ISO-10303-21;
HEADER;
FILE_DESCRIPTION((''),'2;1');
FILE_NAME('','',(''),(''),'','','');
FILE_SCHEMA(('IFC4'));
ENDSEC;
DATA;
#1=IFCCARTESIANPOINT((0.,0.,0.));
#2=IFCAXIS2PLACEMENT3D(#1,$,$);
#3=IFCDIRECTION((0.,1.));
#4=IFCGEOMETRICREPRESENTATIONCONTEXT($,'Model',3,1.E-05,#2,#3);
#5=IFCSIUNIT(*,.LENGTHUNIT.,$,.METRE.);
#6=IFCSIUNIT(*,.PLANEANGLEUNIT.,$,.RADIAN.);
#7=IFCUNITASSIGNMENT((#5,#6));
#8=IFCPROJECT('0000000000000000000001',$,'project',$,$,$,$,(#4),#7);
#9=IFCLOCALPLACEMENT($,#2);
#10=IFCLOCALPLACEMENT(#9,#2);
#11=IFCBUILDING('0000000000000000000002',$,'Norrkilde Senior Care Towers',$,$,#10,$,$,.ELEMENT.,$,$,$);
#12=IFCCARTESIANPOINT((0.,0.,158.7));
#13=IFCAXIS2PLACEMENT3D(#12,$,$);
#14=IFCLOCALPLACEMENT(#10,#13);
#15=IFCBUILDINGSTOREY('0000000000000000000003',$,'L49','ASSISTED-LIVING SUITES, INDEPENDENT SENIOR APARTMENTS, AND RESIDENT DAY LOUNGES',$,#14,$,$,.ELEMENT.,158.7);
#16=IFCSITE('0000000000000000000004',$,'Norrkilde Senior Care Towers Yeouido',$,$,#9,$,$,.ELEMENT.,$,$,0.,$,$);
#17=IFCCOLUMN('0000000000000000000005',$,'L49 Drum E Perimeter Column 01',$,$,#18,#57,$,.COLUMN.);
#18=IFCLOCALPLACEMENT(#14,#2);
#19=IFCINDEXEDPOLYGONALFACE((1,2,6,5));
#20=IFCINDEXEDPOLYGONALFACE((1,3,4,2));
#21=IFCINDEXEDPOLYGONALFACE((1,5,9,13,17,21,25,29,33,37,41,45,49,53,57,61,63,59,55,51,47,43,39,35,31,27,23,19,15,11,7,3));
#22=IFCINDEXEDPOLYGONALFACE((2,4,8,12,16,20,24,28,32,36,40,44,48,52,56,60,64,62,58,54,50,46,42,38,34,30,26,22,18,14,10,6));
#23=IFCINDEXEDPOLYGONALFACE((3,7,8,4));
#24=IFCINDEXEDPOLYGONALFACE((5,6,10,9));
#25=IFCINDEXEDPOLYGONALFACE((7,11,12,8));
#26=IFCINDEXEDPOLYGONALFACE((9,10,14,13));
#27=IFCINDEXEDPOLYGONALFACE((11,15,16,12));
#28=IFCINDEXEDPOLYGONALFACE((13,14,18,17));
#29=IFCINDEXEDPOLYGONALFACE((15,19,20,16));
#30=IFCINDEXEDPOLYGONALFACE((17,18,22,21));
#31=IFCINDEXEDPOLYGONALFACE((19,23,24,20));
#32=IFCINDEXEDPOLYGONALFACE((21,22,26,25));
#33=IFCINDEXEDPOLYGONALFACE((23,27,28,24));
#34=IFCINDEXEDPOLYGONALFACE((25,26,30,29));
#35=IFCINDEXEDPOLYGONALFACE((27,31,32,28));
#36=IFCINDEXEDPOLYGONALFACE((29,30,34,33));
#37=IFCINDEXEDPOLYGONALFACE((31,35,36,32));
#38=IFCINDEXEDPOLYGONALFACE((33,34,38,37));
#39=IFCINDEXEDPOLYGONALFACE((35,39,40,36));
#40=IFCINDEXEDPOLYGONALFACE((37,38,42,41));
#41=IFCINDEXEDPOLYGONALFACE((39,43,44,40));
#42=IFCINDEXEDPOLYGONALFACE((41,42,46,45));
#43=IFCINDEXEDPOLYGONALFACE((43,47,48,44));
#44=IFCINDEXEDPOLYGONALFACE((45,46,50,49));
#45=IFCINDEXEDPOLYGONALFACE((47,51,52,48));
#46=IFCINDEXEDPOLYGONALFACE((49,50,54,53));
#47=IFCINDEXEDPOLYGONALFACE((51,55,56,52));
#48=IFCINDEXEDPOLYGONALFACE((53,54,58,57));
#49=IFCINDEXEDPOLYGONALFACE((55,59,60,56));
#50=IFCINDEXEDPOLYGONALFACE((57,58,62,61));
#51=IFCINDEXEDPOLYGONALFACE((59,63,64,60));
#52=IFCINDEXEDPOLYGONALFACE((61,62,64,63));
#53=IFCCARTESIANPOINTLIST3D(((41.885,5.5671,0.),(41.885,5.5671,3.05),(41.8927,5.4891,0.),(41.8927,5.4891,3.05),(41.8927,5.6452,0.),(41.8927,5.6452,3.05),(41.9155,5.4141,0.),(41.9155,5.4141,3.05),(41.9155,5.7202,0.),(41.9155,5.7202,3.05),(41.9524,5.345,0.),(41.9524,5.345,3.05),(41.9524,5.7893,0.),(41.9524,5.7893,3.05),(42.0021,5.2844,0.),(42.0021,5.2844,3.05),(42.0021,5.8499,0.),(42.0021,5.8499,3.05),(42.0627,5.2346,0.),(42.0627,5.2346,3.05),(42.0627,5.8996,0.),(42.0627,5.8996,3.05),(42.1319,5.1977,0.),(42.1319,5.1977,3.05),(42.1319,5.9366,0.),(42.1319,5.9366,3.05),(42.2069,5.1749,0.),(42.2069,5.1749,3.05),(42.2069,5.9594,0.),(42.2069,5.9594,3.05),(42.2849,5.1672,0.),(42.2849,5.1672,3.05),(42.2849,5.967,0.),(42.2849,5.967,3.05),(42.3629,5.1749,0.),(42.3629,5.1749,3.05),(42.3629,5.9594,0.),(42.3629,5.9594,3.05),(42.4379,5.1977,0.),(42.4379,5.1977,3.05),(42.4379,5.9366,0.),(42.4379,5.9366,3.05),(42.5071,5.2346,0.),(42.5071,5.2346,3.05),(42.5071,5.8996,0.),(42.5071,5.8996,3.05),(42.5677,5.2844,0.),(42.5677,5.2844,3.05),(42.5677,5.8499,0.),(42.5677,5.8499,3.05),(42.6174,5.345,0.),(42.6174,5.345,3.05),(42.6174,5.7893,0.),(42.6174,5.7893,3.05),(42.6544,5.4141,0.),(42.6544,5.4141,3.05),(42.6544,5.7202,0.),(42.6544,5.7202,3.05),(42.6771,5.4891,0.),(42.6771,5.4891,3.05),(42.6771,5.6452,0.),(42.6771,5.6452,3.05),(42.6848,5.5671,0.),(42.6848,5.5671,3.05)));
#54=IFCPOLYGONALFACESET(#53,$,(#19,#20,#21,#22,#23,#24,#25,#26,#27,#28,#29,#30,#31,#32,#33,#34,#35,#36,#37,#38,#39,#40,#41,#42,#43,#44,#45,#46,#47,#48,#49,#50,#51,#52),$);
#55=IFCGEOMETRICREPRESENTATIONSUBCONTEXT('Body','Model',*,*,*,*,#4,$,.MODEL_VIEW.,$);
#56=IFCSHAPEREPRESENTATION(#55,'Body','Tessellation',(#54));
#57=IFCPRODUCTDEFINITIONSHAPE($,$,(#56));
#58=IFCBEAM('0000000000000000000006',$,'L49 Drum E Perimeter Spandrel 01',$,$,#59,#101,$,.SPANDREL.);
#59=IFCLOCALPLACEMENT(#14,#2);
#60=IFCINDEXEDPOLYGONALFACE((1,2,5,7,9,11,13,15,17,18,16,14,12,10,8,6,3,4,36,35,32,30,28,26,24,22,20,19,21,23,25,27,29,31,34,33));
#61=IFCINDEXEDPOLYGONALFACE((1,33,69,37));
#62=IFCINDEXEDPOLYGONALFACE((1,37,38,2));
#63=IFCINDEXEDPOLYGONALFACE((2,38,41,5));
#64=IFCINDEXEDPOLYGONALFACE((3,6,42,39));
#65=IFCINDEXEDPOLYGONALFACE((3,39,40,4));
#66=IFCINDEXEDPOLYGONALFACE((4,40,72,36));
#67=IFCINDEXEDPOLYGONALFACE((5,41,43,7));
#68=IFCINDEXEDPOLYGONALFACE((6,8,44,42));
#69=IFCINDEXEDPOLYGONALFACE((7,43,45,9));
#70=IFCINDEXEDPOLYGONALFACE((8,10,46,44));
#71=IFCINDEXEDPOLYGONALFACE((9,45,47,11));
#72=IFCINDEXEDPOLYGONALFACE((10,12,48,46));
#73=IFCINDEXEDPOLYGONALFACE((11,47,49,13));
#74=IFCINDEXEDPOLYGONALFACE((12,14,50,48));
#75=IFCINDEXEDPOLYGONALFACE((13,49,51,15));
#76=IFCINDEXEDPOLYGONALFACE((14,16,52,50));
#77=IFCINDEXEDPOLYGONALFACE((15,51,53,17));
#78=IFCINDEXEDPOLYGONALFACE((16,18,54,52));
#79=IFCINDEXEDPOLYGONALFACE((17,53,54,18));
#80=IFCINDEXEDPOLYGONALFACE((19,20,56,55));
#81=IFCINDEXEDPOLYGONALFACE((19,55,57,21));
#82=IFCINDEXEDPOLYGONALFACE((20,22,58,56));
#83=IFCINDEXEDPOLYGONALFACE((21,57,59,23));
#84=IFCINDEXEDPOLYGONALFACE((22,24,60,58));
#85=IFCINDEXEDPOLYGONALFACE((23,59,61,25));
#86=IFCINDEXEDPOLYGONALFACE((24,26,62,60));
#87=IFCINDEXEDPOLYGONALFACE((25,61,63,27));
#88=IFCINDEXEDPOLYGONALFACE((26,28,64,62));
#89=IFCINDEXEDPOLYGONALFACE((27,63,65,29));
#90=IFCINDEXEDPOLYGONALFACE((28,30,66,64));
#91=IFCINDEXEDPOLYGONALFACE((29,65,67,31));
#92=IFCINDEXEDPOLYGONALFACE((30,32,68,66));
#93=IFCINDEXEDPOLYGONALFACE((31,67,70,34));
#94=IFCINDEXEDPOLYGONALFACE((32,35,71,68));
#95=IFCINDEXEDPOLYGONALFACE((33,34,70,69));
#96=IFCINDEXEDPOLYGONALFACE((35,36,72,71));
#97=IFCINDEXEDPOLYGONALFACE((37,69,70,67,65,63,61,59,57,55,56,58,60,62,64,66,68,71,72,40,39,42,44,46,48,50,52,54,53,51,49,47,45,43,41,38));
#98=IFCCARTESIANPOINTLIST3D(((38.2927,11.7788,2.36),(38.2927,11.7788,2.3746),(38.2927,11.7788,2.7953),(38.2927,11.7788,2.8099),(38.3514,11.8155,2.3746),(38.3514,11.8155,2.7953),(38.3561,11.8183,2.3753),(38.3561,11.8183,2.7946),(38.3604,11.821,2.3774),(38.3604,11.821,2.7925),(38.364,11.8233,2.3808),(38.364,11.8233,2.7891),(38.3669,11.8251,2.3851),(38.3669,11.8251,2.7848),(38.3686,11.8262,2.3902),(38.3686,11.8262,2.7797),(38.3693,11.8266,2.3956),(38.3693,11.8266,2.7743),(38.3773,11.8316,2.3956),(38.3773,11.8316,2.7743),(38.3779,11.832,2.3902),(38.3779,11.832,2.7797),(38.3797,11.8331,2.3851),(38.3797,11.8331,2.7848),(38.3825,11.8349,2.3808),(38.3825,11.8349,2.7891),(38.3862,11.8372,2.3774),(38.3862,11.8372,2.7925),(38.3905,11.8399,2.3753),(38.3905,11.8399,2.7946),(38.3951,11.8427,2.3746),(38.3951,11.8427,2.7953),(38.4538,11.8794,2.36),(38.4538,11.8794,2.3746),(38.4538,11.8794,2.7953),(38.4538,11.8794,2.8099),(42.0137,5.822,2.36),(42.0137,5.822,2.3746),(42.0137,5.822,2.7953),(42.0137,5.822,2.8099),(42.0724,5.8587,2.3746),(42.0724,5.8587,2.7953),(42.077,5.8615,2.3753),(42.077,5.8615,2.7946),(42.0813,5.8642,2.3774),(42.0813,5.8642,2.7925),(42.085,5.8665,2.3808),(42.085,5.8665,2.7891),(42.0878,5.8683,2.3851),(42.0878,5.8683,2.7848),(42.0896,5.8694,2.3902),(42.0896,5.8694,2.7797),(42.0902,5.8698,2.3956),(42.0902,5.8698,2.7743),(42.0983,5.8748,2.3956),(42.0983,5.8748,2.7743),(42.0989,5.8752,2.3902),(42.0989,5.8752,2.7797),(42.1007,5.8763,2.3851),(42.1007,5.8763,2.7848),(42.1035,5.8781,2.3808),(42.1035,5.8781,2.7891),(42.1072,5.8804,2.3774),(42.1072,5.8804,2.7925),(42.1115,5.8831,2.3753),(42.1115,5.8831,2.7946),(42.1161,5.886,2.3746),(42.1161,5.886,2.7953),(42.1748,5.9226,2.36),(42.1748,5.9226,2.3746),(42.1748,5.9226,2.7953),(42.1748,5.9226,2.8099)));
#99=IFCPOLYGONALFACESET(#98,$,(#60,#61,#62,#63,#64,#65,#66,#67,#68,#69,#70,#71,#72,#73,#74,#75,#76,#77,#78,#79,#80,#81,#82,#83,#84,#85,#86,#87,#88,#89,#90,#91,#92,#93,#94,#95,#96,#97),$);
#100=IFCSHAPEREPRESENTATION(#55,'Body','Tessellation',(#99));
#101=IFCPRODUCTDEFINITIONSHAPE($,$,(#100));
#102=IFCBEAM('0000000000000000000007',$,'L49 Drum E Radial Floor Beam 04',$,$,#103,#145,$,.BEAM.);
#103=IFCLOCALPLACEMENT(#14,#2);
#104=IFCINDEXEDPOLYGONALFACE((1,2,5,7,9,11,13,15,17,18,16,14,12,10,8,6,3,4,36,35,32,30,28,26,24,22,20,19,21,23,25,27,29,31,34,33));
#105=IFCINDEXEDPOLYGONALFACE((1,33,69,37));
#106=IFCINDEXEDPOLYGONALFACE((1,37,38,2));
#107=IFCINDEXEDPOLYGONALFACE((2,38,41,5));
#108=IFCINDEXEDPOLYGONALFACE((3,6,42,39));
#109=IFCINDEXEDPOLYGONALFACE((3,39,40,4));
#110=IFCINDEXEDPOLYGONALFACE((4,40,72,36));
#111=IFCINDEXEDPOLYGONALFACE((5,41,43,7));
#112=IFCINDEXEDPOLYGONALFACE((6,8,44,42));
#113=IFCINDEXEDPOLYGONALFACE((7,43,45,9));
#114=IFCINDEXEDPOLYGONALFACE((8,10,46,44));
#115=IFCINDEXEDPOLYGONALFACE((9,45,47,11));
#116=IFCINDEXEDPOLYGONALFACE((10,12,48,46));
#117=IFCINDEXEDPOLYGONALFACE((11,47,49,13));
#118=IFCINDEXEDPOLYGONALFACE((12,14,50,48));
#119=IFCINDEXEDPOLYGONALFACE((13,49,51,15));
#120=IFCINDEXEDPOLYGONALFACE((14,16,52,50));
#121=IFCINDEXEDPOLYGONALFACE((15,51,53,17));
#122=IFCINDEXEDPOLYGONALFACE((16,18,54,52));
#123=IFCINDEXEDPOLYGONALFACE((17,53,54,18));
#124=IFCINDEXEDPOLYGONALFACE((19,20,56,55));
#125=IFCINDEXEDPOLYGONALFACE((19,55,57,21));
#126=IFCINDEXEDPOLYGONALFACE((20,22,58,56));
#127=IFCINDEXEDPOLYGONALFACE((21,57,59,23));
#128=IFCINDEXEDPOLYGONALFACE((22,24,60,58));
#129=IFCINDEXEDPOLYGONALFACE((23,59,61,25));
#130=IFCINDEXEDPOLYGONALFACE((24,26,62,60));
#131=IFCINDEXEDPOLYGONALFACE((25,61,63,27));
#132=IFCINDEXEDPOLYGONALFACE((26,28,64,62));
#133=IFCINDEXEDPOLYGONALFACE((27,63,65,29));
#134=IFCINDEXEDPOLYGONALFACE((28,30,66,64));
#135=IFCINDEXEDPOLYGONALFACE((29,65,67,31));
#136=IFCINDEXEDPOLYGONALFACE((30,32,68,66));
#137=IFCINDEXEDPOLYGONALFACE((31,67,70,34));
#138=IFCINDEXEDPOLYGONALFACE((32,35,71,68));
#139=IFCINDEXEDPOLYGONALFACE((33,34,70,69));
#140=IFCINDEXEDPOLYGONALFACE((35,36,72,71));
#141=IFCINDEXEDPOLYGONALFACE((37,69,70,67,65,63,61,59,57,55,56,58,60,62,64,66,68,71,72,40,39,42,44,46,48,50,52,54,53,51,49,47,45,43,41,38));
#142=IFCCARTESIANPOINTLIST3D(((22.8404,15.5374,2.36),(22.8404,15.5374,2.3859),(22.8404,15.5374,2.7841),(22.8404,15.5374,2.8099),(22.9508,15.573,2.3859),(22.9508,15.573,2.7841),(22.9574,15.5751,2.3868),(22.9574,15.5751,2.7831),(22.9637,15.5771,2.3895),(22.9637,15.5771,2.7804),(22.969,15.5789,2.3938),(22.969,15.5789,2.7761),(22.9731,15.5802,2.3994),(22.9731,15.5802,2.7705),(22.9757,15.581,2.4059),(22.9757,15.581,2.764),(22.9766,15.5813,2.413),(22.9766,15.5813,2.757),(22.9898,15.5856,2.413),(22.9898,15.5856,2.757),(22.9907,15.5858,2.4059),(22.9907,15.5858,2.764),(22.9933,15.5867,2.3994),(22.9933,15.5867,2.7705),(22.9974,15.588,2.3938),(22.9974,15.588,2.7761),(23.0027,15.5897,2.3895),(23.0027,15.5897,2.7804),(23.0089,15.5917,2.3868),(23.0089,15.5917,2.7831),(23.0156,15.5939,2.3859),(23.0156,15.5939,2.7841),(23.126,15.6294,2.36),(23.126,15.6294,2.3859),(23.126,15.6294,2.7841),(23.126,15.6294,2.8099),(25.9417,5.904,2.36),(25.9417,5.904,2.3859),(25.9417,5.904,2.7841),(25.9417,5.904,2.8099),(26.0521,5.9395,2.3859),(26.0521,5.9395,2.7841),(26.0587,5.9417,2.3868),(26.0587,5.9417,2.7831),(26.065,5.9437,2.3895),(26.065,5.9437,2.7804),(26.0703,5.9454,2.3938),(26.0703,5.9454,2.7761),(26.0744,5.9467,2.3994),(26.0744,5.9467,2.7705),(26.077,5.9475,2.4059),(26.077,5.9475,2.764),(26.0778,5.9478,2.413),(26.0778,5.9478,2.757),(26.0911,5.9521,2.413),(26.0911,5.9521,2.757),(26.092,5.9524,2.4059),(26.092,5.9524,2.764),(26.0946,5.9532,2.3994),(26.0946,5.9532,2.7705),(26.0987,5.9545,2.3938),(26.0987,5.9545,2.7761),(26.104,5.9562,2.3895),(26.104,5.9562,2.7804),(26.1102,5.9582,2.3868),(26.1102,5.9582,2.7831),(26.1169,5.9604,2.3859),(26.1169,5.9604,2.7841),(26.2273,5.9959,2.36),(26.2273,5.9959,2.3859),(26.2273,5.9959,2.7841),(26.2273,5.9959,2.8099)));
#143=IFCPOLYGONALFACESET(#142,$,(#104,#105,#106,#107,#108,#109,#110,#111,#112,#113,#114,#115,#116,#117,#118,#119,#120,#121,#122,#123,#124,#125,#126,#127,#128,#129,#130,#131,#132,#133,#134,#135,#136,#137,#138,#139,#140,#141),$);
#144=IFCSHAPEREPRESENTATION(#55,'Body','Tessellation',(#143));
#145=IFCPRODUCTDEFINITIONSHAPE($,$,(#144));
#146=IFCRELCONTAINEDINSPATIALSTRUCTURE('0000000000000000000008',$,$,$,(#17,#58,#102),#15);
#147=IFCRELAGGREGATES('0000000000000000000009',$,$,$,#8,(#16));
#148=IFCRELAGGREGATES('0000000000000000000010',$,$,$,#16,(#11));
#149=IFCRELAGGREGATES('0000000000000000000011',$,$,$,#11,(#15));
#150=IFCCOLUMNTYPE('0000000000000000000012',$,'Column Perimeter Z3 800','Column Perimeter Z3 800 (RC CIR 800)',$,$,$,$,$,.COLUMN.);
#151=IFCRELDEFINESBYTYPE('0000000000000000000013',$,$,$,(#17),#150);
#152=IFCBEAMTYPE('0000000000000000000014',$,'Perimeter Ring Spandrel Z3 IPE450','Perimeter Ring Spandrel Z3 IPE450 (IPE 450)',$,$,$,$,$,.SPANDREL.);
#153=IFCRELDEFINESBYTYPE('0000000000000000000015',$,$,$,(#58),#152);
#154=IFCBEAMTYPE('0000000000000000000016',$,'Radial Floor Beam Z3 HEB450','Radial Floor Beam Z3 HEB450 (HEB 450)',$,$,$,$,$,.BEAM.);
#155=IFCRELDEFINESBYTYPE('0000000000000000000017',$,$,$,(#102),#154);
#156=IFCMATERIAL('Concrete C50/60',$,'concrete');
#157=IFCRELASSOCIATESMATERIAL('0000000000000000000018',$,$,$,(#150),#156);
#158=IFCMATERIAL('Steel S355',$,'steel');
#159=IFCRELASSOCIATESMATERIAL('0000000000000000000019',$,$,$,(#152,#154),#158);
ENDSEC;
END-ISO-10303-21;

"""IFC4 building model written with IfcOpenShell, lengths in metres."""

from ifc_helpers import new_model, si_unit, direction, frame, origin, origin_2d, place, context, subcontext, project, spatial, circle, i_section, extrude, source, transform, mapped, material, material_profile, profile_set, type_object, type_shapes, element, save


model = new_model("IFC4")

# Units and contexts
model_context = context("Model", 3, precision=1e-05, world=origin(), true_north=direction((0.0, 1.0)))
body_context = subcontext(model_context, "Body", "Model", "MODEL_VIEW")
ifc_project = project(units=[si_unit("LENGTHUNIT", "METRE"), si_unit("PLANEANGLEUNIT", "RADIAN")], contexts=[model_context])

# Site, building, storey
site_placement = place(None, origin())
site = spatial("IfcSite", under=ifc_project, at=site_placement, Name="Norrkilde Senior Care Towers Yeouido", CompositionType="ELEMENT", RefElevation=0.0)
building_placement = place(site_placement, origin())
building = spatial("IfcBuilding", under=site, at=building_placement, Name="Norrkilde Senior Care Towers", CompositionType="ELEMENT")
storey_placement = place(building_placement, frame((0.0, 0.0, 158.7)))
storey = spatial("IfcBuildingStorey", under=building, at=storey_placement, Name="L49", Description="ASSISTED-LIVING SUITES, INDEPENDENT SENIOR APARTMENTS, AND RESIDENT DAY LOUNGES", CompositionType="ELEMENT", Elevation=158.7)

# Column
ifc_material_1 = material(Name="Concrete C50/60", Category="concrete")
ifc_material_profile_1 = material_profile(ifc_material_1, circle(Radius=0.3999, at=origin_2d()), Name="RC CIR 800")
ifc_profile_set_1 = profile_set([ifc_material_profile_1], Name="Concrete C50/60")
column_type = type_object("IfcColumnType", Name="Column Perimeter Z3 800", Description="Column Perimeter Z3 800 (RC CIR 800)", PredefinedType="COLUMN", material=ifc_profile_set_1)
shared_shape_1 = source(origin(), body_context, "Body", "SweptSolid", [
    extrude(circle(Radius=0.3999, at=origin_2d()), origin(), (0.0, 0.0, 1.0), 3.05),
])
type_shapes(column_type, [shared_shape_1])
column_placement = place(storey_placement, frame((42.2849, 5.5671, 0.0), z_axis=(0.0, 0.0, 1.0), x_axis=(1.0, 0.0, 0.0)))
element("IfcColumn", 1, at=column_placement, inside=storey, type_object=column_type, Name="L49 Drum E Perimeter Column 01", PredefinedType="COLUMN", context=body_context, shape_type="MappedRepresentation", body=[
    mapped(shared_shape_1, transform((0.0, 0.0, 0.0), x_axis=(1.0, 0.0, 0.0), y_axis=(0.0, 1.0, 0.0), z_axis=(0.0, 0.0, 1.0), scale=1.0)),
])

# Beams
ifc_material_2 = material(Name="Steel S355", Category="steel")
ifc_material_profile_2 = material_profile(ifc_material_2, i_section(OverallWidth=0.1899, OverallDepth=0.45, WebThickness=0.0095, FlangeThickness=0.0146, FilletRadius=0.021, at=origin_2d()), Name="IPE 450")
ifc_profile_set_2 = profile_set([ifc_material_profile_2], Name="Steel S355")
beam_type_1 = type_object("IfcBeamType", Name="Perimeter Ring Spandrel Z3 IPE450", Description="Perimeter Ring Spandrel Z3 IPE450 (IPE 450)", PredefinedType="SPANDREL", material=ifc_profile_set_2)
shared_shape_2 = source(origin(), body_context, "Body", "SweptSolid", [
    extrude(i_section(OverallWidth=0.1899, OverallDepth=0.45, WebThickness=0.0095, FlangeThickness=0.0146, FilletRadius=0.021, at=origin_2d()), origin(), (0.0, 0.0, 1.0), 7.0234),
])
type_shapes(beam_type_1, [shared_shape_2])
beam_1_placement = place(storey_placement, frame((42.0942, 5.8723, 2.585), z_axis=(-0.52979, 0.848129, 0.0), x_axis=(-0.848129, -0.52979, 0.0)))
element("IfcBeam", 2, at=beam_1_placement, inside=storey, type_object=beam_type_1, Name="L49 Drum E Perimeter Spandrel 01", PredefinedType="SPANDREL", context=body_context, shape_type="MappedRepresentation", body=[
    mapped(shared_shape_2, transform((0.0, 0.0, 0.0), x_axis=(1.0, 0.0, 0.0), y_axis=(0.0, 1.0, 0.0), z_axis=(0.0, 0.0, 1.0), scale=1.0)),
])
ifc_material_profile_3 = material_profile(ifc_material_2, i_section(OverallWidth=0.3, OverallDepth=0.45, WebThickness=0.0139, FlangeThickness=0.0259, FilletRadius=0.0271, at=origin_2d()), Name="HEB 450")
ifc_profile_set_3 = profile_set([ifc_material_profile_3], Name="Steel S355")
beam_type_2 = type_object("IfcBeamType", Name="Radial Floor Beam Z3 HEB450", Description="Radial Floor Beam Z3 HEB450 (HEB 450)", PredefinedType="BEAM", material=ifc_profile_set_3)
shared_shape_3 = source(origin(), body_context, "Body", "SweptSolid", [
    extrude(i_section(OverallWidth=0.3, OverallDepth=0.45, WebThickness=0.0139, FlangeThickness=0.0259, FilletRadius=0.0271, at=origin_2d()), origin(), (0.0, 0.0, 1.0), 10.1204),
])
beam_2_placement = place(storey_placement, frame((26.0845, 5.95, 2.585), z_axis=(-0.306441, 0.95189, 0.0), x_axis=(-0.95189, -0.306441, 0.0)))
element("IfcBeam", 3, at=beam_2_placement, inside=storey, type_object=beam_type_2, Name="L49 Drum E Radial Floor Beam 04", PredefinedType="BEAM", context=body_context, shape_type="MappedRepresentation", body=[
    mapped(shared_shape_3, transform((0.0, 0.0, 0.0), x_axis=(1.0, 0.0, 0.0), y_axis=(0.0, 1.0, 0.0), z_axis=(0.0, 0.0, 1.0), scale=1.0)),
])

save(model, "model.ifc")
